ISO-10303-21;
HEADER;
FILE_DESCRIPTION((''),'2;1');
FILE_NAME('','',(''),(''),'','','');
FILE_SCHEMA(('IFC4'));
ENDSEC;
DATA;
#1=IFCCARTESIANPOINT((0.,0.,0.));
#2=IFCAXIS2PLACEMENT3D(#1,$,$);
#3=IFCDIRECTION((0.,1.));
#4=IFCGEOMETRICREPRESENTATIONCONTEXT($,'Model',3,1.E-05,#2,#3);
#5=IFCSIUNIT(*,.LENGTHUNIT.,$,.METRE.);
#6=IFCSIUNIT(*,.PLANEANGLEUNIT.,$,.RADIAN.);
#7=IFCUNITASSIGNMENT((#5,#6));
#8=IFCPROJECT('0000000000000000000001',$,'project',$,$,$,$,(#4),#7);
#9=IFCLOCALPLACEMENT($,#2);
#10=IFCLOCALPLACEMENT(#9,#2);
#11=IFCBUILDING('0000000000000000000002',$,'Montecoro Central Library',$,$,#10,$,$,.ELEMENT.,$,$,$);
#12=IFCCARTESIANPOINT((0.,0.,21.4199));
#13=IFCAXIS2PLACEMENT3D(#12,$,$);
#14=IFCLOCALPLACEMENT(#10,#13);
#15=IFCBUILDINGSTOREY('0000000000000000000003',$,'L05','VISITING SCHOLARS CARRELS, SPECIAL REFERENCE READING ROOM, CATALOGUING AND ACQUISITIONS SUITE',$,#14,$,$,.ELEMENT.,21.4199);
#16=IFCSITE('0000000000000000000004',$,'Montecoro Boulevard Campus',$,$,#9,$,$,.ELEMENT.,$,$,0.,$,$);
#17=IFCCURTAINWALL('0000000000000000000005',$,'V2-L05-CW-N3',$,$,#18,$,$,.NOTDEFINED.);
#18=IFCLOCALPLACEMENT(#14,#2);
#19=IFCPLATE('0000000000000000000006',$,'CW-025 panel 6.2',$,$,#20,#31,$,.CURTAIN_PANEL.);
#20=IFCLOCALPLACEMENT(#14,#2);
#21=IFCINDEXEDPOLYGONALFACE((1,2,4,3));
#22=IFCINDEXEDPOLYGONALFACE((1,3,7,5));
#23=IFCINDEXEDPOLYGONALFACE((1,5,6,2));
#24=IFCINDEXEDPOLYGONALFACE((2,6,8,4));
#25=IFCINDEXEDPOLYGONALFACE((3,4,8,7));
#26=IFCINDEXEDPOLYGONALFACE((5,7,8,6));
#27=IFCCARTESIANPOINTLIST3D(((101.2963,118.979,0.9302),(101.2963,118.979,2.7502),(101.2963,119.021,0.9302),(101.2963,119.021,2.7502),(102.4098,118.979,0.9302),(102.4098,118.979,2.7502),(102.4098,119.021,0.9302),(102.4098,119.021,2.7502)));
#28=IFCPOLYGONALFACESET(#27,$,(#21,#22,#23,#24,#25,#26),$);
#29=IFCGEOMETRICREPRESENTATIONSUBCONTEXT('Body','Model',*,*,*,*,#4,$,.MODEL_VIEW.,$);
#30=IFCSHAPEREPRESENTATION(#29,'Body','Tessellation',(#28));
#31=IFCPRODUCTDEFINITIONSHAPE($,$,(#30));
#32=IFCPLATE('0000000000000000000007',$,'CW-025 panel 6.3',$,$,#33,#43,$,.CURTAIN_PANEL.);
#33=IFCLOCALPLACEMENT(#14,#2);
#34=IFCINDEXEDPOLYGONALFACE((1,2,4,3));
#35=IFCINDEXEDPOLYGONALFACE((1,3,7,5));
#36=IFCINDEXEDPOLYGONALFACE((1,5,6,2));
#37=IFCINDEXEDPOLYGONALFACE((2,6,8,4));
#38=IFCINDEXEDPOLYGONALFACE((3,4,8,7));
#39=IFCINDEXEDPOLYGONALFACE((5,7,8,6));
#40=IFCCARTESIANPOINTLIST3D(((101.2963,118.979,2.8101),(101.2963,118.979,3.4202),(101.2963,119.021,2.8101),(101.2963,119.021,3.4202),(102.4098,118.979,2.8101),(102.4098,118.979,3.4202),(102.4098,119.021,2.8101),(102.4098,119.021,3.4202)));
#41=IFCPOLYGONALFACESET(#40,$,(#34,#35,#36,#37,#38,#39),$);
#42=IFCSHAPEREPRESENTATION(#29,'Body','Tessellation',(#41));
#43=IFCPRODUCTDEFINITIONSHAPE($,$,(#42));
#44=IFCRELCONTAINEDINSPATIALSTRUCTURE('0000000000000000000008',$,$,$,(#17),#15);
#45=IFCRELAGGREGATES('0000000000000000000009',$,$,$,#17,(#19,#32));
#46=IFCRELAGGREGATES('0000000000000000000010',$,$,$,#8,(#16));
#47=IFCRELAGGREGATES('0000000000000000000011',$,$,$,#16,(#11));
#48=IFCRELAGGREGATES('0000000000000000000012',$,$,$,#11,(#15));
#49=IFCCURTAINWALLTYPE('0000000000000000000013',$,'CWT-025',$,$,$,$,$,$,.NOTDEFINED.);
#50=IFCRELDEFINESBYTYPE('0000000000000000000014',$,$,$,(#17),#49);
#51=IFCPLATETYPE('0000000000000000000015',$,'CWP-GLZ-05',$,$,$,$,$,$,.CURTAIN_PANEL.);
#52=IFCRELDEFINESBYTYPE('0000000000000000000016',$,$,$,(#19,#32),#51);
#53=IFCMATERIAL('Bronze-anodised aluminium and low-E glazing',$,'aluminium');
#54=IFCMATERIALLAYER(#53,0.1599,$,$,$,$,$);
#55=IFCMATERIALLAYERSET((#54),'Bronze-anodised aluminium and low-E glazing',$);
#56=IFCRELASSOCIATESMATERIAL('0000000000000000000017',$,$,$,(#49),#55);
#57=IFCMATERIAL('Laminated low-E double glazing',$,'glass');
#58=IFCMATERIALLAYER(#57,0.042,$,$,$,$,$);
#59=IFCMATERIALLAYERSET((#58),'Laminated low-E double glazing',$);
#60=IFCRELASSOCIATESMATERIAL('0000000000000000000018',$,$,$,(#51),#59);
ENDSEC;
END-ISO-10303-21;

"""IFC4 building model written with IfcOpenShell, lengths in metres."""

from ifc_helpers import new_model, si_unit, direction, frame, origin, origin_2d, place, context, subcontext, project, spatial, rectangle, extrude, material, layer, layer_set, type_object, element, aggregate, save


model = new_model("IFC4")

# Units and contexts
model_context = context("Model", 3, precision=1e-05, world=origin(), true_north=direction((0.0, 1.0)))
body_context = subcontext(model_context, "Body", "Model", "MODEL_VIEW")
ifc_project = project(units=[si_unit("LENGTHUNIT", "METRE"), si_unit("PLANEANGLEUNIT", "RADIAN")], contexts=[model_context])

# Site, building, storey
site_placement = place(None, origin())
site = spatial("IfcSite", under=ifc_project, at=site_placement, Name="Montecoro Boulevard Campus", CompositionType="ELEMENT", RefElevation=0.0)
building_placement = place(site_placement, origin())
building = spatial("IfcBuilding", under=site, at=building_placement, Name="Montecoro Central Library", CompositionType="ELEMENT")
storey_placement = place(building_placement, frame((0.0, 0.0, 21.4199)))
storey = spatial("IfcBuildingStorey", under=building, at=storey_placement, Name="L05", Description="VISITING SCHOLARS CARRELS, SPECIAL REFERENCE READING ROOM, CATALOGUING AND ACQUISITIONS SUITE", CompositionType="ELEMENT", Elevation=21.4199)

# Curtain wall, plates
ifc_material_1 = material(Name="Bronze-anodised aluminium and low-E glazing", Category="aluminium")
ifc_layer_1 = layer(ifc_material_1, 0.1599)
ifc_layer_set_1 = layer_set([ifc_layer_1], Name="Bronze-anodised aluminium and low-E glazing")
curtain_wall_type = type_object("IfcCurtainWallType", Name="CWT-025", PredefinedType="NOTDEFINED", material=ifc_layer_set_1)
curtain_wall_placement = place(storey_placement, origin())
curtain_wall = element("IfcCurtainWall", 1, at=curtain_wall_placement, inside=storey, type_object=curtain_wall_type, Name="V2-L05-CW-N3", PredefinedType="NOTDEFINED")
ifc_material_2 = material(Name="Laminated low-E double glazing", Category="glass")
ifc_layer_2 = layer(ifc_material_2, 0.042)
ifc_layer_set_2 = layer_set([ifc_layer_2], Name="Laminated low-E double glazing")
plate_type = type_object("IfcPlateType", Name="CWP-GLZ-05", PredefinedType="CURTAIN_PANEL", material=ifc_layer_set_2)
plate_1_placement = place(storey_placement, frame((101.853, 119.0, 0.9302), z_axis=(0.0, 0.0, 1.0), x_axis=(-1.0, 0.0, 0.0)))
plate_1 = element("IfcPlate", 2, at=plate_1_placement, type_object=plate_type, Name="CW-025 panel 6.2", PredefinedType="CURTAIN_PANEL", context=body_context, shape_type="SweptSolid", body=[
    extrude(rectangle(XDim=1.1135, YDim=0.042, at=origin_2d()), origin(), (0.0, 0.0, 1.0), 1.8201),
])
plate_2_placement = place(storey_placement, frame((101.853, 119.0, 2.8101), z_axis=(0.0, 0.0, 1.0), x_axis=(-1.0, 0.0, 0.0)))
plate_2 = element("IfcPlate", 3, at=plate_2_placement, type_object=plate_type, Name="CW-025 panel 6.3", PredefinedType="CURTAIN_PANEL", context=body_context, shape_type="SweptSolid", body=[
    extrude(rectangle(XDim=1.1135, YDim=0.042, at=origin_2d()), origin(), (0.0, 0.0, 1.0), 0.6101),
])
aggregate(curtain_wall, [plate_1, plate_2])

save(model, "model.ifc")
